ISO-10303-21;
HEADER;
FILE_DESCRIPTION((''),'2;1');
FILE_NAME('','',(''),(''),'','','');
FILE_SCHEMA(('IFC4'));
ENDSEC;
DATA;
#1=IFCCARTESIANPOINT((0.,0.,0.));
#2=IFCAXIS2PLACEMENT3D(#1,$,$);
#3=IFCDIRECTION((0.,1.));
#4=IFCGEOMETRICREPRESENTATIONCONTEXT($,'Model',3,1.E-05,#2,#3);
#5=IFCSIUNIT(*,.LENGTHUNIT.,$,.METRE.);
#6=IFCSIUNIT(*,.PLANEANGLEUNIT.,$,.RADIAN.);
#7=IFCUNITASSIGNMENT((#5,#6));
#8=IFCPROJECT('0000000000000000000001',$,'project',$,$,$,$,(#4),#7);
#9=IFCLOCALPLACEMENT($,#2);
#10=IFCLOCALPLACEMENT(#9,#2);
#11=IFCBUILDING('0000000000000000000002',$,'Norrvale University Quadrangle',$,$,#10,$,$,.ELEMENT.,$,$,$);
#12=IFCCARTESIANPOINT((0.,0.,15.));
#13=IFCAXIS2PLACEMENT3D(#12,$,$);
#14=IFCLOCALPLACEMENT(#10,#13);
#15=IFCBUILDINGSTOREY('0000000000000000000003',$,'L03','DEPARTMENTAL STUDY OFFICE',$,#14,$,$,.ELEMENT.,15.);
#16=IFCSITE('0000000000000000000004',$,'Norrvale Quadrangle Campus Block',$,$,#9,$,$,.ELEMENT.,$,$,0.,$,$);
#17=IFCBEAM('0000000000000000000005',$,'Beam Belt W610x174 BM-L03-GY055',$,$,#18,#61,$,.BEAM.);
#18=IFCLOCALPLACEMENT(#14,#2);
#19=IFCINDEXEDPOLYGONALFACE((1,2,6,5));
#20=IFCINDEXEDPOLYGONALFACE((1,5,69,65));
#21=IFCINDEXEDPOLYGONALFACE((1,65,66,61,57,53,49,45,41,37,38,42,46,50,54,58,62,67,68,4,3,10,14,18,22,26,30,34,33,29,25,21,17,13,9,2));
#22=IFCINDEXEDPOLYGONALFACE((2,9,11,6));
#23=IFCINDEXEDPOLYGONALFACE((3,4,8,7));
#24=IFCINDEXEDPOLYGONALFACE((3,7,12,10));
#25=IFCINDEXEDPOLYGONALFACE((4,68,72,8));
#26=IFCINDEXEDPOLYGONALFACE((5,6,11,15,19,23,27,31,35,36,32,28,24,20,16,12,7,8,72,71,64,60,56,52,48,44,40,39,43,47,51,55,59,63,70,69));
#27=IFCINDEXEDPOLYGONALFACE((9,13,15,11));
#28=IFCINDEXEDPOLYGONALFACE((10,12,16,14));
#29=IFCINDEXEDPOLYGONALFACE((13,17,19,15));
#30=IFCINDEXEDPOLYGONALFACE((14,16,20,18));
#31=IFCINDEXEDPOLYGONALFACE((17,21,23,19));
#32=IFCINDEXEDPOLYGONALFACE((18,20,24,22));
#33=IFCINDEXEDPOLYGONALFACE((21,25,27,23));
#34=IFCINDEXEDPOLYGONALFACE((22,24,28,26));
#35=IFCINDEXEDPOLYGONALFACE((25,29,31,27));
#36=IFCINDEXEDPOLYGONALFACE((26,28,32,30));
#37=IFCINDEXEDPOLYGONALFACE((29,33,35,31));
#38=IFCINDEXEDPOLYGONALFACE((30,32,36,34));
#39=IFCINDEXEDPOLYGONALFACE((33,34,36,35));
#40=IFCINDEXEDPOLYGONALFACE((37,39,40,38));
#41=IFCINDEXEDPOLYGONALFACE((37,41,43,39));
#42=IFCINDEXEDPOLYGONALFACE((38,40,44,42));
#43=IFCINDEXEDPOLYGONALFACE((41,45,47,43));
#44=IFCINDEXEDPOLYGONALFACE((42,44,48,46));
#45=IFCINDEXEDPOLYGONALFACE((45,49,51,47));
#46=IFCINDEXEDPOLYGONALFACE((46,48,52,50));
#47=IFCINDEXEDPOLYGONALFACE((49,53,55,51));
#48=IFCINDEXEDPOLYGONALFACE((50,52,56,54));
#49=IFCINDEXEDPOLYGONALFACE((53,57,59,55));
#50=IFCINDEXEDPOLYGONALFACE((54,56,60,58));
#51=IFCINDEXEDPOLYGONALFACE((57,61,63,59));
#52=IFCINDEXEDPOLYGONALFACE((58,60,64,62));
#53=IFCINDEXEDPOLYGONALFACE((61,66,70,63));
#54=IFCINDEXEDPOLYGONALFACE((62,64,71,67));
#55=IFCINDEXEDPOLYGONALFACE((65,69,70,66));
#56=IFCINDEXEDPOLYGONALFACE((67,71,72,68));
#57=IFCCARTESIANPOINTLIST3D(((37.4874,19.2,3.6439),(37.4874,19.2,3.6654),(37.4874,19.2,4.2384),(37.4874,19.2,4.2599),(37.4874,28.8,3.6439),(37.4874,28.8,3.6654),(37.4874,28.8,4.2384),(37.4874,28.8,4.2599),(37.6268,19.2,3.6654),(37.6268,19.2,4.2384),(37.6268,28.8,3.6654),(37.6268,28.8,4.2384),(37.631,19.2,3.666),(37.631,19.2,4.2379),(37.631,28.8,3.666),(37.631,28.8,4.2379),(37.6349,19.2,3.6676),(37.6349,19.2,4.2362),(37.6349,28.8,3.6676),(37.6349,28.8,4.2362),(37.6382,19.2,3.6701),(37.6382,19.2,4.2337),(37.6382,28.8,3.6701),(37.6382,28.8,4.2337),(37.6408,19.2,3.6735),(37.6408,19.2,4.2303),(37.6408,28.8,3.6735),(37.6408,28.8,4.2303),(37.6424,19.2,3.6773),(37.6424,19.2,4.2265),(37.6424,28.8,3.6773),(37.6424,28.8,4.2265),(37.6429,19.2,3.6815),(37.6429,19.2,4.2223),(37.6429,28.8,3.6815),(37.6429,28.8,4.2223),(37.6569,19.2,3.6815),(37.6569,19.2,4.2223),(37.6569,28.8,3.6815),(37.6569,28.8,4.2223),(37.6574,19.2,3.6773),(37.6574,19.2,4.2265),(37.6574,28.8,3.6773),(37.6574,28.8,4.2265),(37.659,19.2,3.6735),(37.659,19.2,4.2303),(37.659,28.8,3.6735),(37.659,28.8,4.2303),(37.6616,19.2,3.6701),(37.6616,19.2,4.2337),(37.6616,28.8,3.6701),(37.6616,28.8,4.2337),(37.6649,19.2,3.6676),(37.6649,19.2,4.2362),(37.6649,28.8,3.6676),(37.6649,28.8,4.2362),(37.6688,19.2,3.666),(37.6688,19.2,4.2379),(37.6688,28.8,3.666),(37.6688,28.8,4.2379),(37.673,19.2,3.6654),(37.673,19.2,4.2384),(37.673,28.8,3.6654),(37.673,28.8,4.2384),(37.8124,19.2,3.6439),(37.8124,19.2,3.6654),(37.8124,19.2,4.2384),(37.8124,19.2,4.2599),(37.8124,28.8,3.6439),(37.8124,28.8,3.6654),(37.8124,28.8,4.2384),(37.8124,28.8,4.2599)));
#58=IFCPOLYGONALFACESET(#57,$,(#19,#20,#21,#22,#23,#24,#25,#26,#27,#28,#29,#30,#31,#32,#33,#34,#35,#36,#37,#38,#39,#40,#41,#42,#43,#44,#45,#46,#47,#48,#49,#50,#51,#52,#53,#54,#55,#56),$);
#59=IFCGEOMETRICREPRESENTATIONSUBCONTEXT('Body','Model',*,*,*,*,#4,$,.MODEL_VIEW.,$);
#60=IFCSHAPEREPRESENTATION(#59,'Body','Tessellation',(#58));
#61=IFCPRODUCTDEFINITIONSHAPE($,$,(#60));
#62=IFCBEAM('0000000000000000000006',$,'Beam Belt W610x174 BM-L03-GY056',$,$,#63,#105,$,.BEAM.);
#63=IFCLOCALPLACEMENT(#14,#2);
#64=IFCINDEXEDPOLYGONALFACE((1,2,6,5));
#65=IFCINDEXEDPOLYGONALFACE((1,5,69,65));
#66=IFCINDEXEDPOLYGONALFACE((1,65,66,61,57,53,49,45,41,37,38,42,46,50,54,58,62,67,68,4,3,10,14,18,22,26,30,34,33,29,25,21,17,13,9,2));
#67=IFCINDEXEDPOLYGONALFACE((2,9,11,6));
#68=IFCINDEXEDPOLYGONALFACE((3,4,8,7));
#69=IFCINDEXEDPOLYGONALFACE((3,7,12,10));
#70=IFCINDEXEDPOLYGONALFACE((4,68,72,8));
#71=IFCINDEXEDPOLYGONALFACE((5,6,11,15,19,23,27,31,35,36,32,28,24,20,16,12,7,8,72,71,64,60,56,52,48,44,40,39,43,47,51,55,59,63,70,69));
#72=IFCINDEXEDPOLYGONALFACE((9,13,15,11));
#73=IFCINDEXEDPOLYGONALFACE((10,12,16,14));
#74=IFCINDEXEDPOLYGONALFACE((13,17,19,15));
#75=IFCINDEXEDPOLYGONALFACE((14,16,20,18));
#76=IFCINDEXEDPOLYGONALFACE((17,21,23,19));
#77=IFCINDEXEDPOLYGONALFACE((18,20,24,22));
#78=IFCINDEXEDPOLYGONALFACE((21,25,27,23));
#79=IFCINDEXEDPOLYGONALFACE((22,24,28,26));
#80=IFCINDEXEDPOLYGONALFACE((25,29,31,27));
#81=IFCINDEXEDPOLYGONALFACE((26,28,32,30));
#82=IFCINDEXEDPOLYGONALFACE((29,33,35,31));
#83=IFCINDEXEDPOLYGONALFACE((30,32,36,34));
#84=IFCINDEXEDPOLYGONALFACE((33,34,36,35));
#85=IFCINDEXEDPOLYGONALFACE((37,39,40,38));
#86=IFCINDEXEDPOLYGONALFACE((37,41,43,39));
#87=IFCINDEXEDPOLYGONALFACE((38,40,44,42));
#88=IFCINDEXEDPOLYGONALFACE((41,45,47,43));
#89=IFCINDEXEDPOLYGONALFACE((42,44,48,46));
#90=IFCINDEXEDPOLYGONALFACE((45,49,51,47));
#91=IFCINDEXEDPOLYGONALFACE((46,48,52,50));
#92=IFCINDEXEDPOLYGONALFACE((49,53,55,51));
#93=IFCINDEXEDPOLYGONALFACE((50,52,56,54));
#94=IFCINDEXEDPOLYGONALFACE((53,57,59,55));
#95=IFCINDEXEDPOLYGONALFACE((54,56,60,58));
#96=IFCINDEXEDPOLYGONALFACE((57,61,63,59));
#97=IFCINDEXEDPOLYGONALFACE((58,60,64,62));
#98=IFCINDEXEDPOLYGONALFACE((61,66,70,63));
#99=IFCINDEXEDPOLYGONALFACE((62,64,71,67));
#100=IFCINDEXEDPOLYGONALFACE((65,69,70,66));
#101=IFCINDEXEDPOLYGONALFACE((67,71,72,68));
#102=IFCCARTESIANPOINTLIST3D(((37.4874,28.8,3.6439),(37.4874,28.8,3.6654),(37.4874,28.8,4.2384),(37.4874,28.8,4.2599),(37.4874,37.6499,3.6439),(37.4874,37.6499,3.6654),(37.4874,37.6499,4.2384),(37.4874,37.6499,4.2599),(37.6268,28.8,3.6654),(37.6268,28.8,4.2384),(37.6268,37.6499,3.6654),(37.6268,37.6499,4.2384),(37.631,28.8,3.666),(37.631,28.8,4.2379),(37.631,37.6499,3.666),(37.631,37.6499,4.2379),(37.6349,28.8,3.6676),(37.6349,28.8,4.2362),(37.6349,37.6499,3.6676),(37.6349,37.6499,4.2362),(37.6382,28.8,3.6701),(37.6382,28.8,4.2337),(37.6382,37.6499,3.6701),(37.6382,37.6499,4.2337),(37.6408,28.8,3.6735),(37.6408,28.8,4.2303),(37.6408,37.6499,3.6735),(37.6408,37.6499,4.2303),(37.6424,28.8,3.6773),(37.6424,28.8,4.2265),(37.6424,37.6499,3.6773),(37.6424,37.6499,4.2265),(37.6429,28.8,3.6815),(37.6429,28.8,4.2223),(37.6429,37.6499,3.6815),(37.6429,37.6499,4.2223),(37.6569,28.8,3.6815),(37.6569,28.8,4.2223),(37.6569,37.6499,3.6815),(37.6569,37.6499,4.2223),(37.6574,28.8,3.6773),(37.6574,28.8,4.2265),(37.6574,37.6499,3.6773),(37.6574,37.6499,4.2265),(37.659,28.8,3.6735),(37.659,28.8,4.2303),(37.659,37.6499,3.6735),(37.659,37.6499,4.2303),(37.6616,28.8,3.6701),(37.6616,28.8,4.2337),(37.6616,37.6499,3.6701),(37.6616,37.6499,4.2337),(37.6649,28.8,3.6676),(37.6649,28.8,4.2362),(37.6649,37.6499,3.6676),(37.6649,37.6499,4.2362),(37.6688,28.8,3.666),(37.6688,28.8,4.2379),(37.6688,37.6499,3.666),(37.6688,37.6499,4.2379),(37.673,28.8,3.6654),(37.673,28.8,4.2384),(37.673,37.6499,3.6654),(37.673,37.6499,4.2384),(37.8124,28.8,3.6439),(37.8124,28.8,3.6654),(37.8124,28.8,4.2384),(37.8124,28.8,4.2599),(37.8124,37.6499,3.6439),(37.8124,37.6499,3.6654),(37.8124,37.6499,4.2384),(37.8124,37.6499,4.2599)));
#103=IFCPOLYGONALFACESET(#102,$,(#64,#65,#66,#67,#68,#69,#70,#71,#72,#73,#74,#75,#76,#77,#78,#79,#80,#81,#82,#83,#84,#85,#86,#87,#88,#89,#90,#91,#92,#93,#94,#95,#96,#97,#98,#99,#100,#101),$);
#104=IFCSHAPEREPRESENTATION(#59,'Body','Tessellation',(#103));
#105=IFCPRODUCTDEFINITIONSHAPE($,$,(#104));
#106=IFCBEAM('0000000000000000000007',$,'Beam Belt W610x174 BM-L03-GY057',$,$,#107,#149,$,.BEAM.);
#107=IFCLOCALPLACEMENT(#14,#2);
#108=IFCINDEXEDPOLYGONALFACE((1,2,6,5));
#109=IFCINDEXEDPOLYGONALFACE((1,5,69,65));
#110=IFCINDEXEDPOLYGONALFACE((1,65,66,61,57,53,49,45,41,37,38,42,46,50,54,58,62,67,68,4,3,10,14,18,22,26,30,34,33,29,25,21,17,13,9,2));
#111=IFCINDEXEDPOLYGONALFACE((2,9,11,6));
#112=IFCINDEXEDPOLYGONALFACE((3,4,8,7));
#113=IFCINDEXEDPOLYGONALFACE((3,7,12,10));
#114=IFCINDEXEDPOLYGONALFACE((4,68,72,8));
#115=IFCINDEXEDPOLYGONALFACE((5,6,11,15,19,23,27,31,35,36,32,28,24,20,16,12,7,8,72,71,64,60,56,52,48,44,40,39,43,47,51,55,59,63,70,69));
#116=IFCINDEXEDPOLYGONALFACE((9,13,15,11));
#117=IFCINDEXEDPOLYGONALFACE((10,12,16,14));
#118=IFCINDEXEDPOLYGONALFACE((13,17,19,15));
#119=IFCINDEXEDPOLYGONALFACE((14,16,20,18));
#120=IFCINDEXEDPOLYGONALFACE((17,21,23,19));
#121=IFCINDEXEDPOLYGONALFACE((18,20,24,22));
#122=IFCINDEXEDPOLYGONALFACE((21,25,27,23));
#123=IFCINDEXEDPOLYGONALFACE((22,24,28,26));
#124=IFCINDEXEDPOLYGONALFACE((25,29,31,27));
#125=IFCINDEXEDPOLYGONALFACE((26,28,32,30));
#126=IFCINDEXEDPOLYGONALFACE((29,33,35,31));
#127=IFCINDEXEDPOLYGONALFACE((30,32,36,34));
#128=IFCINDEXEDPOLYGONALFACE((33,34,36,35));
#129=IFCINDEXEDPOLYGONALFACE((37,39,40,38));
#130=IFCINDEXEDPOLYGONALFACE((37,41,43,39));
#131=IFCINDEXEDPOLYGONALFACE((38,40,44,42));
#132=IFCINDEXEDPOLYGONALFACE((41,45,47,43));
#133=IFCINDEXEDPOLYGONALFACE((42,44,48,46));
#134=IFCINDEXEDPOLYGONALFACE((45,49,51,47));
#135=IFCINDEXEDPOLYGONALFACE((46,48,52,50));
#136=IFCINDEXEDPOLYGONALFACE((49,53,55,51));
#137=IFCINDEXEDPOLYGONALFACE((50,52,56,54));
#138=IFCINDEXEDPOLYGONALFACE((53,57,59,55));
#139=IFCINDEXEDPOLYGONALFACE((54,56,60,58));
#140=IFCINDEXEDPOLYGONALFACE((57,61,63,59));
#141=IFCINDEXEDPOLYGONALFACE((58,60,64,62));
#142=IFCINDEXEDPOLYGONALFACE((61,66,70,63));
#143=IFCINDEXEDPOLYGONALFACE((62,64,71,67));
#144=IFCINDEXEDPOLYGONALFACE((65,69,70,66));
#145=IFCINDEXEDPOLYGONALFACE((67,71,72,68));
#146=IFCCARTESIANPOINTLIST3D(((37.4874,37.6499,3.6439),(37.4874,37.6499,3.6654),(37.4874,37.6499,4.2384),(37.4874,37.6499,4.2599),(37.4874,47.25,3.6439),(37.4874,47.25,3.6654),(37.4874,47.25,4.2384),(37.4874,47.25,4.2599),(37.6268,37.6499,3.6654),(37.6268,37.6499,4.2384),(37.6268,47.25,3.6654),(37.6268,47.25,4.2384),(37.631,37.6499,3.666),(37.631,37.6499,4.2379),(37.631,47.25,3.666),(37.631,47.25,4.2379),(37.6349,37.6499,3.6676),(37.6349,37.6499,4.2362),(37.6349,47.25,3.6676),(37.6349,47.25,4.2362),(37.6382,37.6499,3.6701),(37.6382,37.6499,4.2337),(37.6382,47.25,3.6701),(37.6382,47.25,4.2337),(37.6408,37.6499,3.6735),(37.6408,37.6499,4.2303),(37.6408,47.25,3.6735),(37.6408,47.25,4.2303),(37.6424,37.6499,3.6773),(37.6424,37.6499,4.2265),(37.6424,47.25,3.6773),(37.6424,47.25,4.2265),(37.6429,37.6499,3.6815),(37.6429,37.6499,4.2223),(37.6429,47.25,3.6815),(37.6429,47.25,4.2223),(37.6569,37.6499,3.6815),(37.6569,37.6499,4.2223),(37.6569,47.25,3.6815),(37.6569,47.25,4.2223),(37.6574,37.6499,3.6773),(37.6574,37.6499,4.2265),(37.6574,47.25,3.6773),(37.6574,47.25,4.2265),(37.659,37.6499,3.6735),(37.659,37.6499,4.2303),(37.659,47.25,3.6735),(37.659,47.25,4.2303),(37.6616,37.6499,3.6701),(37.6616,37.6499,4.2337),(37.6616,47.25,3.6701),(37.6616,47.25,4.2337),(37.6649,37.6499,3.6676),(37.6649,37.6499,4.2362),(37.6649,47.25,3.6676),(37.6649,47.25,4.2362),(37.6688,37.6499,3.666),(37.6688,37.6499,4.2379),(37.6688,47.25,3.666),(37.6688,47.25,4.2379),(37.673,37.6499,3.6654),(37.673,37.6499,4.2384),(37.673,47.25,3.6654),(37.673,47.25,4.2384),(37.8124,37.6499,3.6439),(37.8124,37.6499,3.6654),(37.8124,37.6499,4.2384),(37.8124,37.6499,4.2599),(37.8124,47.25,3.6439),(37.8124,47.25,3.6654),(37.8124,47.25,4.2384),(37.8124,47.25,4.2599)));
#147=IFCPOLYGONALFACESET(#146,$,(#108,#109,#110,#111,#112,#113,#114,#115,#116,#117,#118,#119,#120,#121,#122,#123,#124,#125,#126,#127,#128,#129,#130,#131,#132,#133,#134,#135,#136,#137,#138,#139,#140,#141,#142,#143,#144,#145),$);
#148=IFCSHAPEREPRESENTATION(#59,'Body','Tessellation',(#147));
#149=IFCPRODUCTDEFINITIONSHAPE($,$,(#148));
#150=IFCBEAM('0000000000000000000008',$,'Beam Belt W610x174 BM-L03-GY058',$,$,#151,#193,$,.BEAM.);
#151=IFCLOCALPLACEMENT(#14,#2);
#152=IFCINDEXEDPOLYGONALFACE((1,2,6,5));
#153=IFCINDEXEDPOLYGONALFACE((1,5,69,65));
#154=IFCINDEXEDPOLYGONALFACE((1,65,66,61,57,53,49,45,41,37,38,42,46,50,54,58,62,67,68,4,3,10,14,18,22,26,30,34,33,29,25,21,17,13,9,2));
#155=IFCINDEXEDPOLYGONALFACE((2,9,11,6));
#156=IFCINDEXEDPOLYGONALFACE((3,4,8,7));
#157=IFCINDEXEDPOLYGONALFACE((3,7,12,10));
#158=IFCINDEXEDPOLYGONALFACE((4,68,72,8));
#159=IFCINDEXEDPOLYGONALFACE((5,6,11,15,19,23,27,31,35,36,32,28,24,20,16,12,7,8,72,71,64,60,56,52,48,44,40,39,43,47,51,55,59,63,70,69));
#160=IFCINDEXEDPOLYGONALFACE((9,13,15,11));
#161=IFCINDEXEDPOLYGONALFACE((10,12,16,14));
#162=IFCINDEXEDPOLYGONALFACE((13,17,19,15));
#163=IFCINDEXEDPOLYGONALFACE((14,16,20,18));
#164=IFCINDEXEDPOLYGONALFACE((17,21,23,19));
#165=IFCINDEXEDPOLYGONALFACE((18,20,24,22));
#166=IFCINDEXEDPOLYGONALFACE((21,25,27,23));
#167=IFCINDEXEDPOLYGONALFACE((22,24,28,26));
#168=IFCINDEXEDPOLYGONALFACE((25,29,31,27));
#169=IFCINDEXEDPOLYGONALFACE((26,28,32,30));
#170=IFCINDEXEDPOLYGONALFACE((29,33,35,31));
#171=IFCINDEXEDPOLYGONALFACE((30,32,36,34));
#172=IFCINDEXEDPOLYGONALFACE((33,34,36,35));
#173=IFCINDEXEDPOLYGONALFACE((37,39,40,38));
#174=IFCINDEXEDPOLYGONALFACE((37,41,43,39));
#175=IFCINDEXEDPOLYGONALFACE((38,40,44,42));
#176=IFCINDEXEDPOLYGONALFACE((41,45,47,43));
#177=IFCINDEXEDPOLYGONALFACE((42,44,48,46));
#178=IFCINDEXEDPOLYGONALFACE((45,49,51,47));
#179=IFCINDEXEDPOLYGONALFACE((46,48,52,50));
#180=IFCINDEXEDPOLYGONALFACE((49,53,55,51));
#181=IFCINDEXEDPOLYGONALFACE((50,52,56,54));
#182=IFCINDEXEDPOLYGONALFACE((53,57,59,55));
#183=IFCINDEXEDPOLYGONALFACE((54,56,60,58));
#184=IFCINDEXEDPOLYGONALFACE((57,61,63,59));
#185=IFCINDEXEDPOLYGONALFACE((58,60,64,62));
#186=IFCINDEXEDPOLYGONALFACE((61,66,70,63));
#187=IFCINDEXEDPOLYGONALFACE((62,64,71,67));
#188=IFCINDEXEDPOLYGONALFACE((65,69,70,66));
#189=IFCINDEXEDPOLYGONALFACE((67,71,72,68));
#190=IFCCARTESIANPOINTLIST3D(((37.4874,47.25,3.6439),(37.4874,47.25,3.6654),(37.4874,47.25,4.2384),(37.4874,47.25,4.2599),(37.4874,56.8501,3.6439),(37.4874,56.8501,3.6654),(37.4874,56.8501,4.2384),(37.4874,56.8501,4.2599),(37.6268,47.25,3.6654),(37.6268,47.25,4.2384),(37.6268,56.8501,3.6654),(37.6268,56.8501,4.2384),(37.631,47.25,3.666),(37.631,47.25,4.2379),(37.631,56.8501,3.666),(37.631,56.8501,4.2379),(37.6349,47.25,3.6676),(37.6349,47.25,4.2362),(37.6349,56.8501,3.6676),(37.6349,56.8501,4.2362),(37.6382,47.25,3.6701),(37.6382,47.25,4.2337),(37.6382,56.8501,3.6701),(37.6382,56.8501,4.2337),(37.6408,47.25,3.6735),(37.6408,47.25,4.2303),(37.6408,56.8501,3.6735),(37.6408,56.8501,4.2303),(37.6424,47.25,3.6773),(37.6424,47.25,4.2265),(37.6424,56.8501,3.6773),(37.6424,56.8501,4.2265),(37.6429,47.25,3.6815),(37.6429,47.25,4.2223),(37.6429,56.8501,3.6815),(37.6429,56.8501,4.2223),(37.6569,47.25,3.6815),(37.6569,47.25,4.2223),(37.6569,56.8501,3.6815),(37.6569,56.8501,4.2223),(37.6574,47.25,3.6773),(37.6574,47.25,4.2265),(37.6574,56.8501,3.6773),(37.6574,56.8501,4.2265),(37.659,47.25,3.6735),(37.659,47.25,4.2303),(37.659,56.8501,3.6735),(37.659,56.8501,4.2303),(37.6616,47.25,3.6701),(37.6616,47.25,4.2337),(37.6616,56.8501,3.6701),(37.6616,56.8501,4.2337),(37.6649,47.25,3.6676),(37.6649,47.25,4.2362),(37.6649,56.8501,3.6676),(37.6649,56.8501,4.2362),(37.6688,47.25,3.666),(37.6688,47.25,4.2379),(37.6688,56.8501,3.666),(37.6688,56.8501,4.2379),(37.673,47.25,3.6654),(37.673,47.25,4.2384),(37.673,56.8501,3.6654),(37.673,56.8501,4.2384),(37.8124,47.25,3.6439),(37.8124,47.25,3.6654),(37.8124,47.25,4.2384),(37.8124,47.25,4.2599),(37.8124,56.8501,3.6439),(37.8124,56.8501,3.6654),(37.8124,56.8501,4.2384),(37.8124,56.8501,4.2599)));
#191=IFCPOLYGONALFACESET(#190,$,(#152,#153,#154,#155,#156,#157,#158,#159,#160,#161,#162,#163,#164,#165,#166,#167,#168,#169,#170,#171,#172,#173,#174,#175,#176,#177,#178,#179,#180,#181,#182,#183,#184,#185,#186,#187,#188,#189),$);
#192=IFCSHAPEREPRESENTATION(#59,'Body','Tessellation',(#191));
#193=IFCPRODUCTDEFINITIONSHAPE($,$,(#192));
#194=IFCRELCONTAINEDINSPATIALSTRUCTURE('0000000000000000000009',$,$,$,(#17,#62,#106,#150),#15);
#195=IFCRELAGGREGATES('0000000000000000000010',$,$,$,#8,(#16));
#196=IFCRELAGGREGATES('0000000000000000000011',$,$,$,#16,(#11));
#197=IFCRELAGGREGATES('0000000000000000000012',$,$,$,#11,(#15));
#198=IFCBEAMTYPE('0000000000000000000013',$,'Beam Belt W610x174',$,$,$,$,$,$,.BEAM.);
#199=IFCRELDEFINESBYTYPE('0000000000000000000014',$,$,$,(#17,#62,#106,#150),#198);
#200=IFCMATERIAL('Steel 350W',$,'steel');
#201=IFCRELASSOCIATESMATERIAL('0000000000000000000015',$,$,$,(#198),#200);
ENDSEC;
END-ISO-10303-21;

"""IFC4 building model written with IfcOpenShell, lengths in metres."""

from ifc_helpers import new_model, si_unit, direction, frame, origin, origin_2d, place, context, subcontext, project, spatial, i_section, extrude, material, material_profile, profile_set, type_object, element, save


model = new_model("IFC4")

# Units and contexts
model_context = context("Model", 3, precision=1e-05, world=origin(), true_north=direction((0.0, 1.0)))
body_context = subcontext(model_context, "Body", "Model", "MODEL_VIEW")
ifc_project = project(units=[si_unit("LENGTHUNIT", "METRE"), si_unit("PLANEANGLEUNIT", "RADIAN")], contexts=[model_context])

# Site, building, storey
site_placement = place(None, origin())
site = spatial("IfcSite", under=ifc_project, at=site_placement, Name="Norrvale Quadrangle Campus Block", CompositionType="ELEMENT", RefElevation=0.0)
building_placement = place(site_placement, origin())
building = spatial("IfcBuilding", under=site, at=building_placement, Name="Norrvale University Quadrangle", CompositionType="ELEMENT")
storey_placement = place(building_placement, frame((0.0, 0.0, 15.0)))
storey = spatial("IfcBuildingStorey", under=building, at=storey_placement, Name="L03", Description="DEPARTMENTAL STUDY OFFICE", CompositionType="ELEMENT", Elevation=15.0)

# Beams
ifc_material_1 = material(Name="Steel 350W", Category="steel")
ifc_material_profile_1 = material_profile(ifc_material_1, i_section(OverallWidth=0.325, OverallDepth=0.616, WebThickness=0.0139, FlangeThickness=0.0215, FilletRadius=0.0161, at=origin_2d()), Name="Steel 350W")
ifc_profile_set_1 = profile_set([ifc_material_profile_1], Name="Steel 350W")
beam_type_1 = type_object("IfcBeamType", Name="Beam Belt W610x174", PredefinedType="BEAM", material=ifc_profile_set_1)
for number, where, z_axis, x_axis, name in (
    (1, (37.6499, 19.2, 3.9519), (0.0, 1.0, 0.0), (-1.0, 0.0, 0.0), "Beam Belt W610x174 BM-L03-GY055"),
):
    element("IfcBeam", number, at=place(storey_placement, frame(where, z_axis=z_axis, x_axis=x_axis)), inside=storey, type_object=beam_type_1, Name=name, PredefinedType="BEAM", context=body_context, shape_type="SweptSolid", body=[
        extrude(i_section(OverallWidth=0.325, OverallDepth=0.616, WebThickness=0.0139, FlangeThickness=0.0215, FilletRadius=0.0161, at=origin_2d()), origin(), (0.0, 0.0, 1.0), 9.6001),
    ])
beam_1_placement = place(storey_placement, frame((37.6499, 28.8, 3.9519), z_axis=(0.0, 1.0, 0.0), x_axis=(-1.0, 0.0, 0.0)))
element("IfcBeam", 2, at=beam_1_placement, inside=storey, type_object=beam_type_1, Name="Beam Belt W610x174 BM-L03-GY056", PredefinedType="BEAM", context=body_context, shape_type="SweptSolid", body=[
    extrude(i_section(OverallWidth=0.325, OverallDepth=0.616, WebThickness=0.0139, FlangeThickness=0.0215, FilletRadius=0.0161, at=origin_2d()), origin(), (0.0, 0.0, 1.0), 8.8499),
])
for number, where, z_axis, x_axis, name in (
    (3, (37.6499, 37.6499, 3.9519), (0.0, 1.0, 0.0), (-1.0, 0.0, 0.0), "Beam Belt W610x174 BM-L03-GY057"),
    (4, (37.6499, 47.25, 3.9519), (0.0, 1.0, 0.0), (-1.0, 0.0, 0.0), "Beam Belt W610x174 BM-L03-GY058"),
):
    element("IfcBeam", number, at=place(storey_placement, frame(where, z_axis=z_axis, x_axis=x_axis)), inside=storey, type_object=beam_type_1, Name=name, PredefinedType="BEAM", context=body_context, shape_type="SweptSolid", body=[
        extrude(i_section(OverallWidth=0.325, OverallDepth=0.616, WebThickness=0.0139, FlangeThickness=0.0215, FilletRadius=0.0161, at=origin_2d()), origin(), (0.0, 0.0, 1.0), 9.6001),
    ])

save(model, "model.ifc")
